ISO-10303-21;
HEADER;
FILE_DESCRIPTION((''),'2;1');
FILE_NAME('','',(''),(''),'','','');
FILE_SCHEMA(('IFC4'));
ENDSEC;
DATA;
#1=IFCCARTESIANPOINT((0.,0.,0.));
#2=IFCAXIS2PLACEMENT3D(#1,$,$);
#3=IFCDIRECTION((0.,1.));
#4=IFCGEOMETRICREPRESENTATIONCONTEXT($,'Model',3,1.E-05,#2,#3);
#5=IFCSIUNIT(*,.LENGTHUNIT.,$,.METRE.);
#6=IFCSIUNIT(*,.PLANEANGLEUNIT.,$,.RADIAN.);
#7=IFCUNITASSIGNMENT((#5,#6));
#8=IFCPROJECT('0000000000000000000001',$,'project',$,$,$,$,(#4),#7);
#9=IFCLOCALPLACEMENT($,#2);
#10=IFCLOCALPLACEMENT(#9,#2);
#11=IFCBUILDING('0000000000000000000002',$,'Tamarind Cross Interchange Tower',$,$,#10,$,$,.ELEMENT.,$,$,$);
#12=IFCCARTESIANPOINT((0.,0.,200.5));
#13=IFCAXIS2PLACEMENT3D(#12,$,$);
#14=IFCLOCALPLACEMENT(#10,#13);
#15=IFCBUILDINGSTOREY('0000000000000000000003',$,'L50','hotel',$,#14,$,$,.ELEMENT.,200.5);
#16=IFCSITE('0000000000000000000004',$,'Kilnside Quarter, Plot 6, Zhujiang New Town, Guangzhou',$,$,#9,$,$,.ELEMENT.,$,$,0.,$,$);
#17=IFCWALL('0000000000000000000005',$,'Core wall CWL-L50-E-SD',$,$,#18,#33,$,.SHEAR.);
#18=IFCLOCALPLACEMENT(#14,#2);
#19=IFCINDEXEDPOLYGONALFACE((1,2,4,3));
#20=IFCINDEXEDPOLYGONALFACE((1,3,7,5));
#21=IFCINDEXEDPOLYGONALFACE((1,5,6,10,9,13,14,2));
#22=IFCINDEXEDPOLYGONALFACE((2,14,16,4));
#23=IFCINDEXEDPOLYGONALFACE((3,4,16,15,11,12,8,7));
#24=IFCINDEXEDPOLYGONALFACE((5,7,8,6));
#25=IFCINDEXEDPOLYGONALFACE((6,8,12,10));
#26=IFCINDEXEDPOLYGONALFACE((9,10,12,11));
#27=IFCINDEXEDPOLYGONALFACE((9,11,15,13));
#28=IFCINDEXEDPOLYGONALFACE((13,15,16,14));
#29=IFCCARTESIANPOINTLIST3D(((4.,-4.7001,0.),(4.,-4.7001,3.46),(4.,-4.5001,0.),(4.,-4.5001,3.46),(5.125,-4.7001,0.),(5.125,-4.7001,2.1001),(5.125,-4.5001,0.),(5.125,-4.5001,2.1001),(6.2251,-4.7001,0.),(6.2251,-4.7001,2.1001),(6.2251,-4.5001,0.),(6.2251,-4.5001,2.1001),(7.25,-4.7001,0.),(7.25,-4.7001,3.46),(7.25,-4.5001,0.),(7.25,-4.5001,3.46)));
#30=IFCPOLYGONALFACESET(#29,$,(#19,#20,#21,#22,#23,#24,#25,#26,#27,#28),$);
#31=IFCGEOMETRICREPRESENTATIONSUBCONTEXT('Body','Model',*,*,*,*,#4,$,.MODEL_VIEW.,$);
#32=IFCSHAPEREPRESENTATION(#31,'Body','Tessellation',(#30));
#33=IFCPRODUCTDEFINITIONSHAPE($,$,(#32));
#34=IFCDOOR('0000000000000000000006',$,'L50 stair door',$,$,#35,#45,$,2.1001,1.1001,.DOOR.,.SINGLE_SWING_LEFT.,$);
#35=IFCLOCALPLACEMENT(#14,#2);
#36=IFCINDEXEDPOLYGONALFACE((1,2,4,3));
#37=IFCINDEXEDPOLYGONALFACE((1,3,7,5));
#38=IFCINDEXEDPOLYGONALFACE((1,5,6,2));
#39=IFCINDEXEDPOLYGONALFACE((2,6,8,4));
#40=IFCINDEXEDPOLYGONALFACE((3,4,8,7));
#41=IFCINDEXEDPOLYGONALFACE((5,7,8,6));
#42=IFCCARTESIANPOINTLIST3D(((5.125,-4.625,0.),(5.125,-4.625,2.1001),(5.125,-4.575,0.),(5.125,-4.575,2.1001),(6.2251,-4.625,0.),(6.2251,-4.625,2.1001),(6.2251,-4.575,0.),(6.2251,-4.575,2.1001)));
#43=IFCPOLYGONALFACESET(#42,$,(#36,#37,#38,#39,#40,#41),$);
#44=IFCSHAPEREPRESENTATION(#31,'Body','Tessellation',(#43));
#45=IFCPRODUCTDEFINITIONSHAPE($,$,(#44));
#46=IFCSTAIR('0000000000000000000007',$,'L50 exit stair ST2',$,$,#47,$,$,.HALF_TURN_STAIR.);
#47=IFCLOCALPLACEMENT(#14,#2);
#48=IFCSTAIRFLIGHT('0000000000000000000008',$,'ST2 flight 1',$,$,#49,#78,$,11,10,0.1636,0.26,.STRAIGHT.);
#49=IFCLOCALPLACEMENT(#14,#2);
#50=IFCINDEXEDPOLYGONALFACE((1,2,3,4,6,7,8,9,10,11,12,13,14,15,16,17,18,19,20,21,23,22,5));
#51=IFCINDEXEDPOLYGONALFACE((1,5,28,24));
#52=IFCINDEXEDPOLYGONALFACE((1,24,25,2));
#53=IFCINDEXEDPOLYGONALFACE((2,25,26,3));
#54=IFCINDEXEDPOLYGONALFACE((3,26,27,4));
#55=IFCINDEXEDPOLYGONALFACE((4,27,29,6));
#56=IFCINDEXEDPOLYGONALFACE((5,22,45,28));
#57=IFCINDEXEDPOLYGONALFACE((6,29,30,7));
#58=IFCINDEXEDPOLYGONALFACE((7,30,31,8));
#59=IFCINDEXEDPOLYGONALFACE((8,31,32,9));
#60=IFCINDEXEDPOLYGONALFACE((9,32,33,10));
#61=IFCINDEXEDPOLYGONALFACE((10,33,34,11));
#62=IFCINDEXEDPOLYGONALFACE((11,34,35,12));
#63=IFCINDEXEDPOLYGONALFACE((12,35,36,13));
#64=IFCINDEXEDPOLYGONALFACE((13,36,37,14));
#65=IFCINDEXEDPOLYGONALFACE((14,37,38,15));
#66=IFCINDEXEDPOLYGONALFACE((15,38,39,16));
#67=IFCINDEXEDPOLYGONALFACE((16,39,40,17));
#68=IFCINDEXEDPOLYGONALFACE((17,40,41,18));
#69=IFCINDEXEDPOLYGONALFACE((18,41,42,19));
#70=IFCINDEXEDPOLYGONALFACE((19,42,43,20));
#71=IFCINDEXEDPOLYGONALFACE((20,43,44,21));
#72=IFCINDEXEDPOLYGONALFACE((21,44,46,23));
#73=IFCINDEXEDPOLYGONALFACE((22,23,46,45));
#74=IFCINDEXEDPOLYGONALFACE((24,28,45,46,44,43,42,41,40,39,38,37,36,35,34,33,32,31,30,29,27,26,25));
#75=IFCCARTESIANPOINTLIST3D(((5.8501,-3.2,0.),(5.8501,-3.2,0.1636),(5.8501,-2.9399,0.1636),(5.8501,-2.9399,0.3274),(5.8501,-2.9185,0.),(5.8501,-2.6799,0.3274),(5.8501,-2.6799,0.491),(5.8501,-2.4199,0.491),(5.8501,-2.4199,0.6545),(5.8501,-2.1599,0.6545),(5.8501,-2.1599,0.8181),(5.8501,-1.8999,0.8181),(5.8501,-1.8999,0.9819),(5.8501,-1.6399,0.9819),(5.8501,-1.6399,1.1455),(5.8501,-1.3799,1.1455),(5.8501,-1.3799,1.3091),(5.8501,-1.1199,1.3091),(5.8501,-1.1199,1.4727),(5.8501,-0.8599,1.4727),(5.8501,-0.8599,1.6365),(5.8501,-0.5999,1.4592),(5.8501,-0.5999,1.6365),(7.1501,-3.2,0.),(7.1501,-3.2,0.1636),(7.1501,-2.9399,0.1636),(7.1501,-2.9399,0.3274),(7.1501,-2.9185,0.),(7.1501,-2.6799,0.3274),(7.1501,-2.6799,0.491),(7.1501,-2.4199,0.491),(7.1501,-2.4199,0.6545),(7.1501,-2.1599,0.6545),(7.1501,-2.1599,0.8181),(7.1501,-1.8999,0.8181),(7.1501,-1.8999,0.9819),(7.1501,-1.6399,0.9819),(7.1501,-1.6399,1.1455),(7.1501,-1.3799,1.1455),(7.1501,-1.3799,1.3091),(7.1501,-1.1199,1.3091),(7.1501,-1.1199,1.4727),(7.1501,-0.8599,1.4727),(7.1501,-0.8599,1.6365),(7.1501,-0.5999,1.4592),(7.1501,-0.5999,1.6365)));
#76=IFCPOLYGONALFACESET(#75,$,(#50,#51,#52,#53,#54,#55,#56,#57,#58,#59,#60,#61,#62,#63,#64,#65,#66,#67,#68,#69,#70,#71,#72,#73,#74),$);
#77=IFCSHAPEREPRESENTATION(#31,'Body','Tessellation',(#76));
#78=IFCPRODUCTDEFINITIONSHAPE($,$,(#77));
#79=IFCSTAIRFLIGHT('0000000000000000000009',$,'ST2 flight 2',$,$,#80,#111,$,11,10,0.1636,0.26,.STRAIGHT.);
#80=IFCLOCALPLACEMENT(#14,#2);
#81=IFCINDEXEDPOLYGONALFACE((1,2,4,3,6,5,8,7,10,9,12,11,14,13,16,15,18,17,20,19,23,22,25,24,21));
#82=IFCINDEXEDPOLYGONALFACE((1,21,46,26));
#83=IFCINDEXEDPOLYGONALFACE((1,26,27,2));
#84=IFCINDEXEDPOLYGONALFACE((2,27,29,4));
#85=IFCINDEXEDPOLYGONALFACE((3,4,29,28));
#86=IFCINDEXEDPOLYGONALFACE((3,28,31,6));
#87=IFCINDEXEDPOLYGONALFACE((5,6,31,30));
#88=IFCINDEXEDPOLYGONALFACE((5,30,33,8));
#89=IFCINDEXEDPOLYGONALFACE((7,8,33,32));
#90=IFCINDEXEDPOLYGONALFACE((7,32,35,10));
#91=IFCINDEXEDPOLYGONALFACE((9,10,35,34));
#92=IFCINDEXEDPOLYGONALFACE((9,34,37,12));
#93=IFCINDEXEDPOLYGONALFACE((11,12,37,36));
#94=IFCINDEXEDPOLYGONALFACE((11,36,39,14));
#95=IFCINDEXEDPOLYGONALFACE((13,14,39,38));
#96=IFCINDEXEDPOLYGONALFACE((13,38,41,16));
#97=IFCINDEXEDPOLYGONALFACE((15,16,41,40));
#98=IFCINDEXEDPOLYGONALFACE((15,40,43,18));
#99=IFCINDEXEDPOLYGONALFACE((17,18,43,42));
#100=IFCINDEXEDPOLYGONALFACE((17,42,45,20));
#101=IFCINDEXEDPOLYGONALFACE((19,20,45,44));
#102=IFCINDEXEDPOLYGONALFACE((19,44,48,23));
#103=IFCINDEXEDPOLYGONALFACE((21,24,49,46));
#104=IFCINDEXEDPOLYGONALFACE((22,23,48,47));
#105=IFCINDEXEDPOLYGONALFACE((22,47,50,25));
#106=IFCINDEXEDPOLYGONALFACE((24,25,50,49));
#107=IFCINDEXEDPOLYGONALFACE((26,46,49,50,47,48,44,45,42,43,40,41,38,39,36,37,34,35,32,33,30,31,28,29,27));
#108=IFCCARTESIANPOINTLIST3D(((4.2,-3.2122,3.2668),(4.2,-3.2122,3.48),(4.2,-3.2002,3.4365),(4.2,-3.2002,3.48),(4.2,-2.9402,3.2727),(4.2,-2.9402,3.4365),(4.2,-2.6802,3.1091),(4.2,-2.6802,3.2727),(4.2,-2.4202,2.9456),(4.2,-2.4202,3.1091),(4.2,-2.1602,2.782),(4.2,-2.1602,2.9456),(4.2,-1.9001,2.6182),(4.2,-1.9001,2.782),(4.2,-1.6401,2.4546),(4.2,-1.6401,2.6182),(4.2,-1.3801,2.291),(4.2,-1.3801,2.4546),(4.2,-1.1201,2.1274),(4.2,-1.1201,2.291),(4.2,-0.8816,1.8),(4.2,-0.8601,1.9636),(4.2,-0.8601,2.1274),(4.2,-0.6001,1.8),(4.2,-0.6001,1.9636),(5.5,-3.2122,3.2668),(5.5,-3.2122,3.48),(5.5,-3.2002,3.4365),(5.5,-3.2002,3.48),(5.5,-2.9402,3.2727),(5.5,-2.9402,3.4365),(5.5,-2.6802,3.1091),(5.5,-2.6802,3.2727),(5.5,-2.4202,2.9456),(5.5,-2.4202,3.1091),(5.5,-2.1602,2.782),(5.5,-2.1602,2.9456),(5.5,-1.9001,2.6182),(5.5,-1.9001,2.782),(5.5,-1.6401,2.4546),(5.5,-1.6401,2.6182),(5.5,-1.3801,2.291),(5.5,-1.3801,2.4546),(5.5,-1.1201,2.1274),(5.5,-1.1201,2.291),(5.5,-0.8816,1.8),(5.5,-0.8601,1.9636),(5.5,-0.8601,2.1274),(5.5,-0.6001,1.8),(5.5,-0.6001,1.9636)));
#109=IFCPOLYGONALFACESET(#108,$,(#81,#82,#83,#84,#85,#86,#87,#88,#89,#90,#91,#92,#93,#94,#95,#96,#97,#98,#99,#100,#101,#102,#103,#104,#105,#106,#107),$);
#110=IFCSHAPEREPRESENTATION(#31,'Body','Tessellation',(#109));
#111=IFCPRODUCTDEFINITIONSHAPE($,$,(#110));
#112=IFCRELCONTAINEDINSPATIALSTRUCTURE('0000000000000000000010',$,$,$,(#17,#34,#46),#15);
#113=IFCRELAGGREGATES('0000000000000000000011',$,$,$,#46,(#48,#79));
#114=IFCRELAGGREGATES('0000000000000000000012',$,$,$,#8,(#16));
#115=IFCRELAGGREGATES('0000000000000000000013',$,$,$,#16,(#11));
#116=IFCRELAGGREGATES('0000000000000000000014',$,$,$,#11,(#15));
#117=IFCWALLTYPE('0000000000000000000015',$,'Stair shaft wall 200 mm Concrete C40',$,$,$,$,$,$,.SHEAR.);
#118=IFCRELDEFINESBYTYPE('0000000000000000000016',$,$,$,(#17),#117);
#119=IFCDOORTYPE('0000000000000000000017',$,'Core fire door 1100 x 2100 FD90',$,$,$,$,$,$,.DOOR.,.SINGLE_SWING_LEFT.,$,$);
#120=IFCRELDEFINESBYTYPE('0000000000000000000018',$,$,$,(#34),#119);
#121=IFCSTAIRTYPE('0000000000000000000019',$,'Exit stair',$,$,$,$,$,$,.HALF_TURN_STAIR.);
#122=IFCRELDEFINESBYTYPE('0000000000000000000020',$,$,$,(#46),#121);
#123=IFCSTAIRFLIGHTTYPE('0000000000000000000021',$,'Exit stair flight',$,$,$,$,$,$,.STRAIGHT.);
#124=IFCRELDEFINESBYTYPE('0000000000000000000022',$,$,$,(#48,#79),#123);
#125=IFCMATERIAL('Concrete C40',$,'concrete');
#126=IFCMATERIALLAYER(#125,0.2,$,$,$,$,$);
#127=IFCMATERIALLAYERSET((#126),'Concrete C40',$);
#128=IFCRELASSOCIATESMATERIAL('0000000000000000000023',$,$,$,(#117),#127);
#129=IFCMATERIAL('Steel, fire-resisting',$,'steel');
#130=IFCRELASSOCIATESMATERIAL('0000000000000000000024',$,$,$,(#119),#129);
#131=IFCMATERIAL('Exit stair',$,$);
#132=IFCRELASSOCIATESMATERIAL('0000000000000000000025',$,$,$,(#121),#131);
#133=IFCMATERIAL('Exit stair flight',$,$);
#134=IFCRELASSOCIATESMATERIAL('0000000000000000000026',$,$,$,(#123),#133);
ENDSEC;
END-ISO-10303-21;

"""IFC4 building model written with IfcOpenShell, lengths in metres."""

from ifc_helpers import new_model, si_unit, direction, frame, frame_2d, origin, place, context, subcontext, project, spatial, polyline, rectangle, outline, extrude, material, layer, layer_set, type_object, element, fill, aggregate, save


model = new_model("IFC4")

# Units and contexts
model_context = context("Model", 3, precision=1e-05, world=origin(), true_north=direction((0.0, 1.0)))
body_context = subcontext(model_context, "Body", "Model", "MODEL_VIEW")
ifc_project = project(units=[si_unit("LENGTHUNIT", "METRE"), si_unit("PLANEANGLEUNIT", "RADIAN")], contexts=[model_context])

# Site, building, storey
site_placement = place(None, origin())
site = spatial("IfcSite", under=ifc_project, at=site_placement, Name="Kilnside Quarter, Plot 6, Zhujiang New Town, Guangzhou", CompositionType="ELEMENT", RefElevation=0.0)
building_placement = place(site_placement, origin())
building = spatial("IfcBuilding", under=site, at=building_placement, Name="Tamarind Cross Interchange Tower", CompositionType="ELEMENT")
storey_placement = place(building_placement, frame((0.0, 0.0, 200.5)))
storey = spatial("IfcBuildingStorey", under=building, at=storey_placement, Name="L50", Description="hotel", CompositionType="ELEMENT", Elevation=200.5)

# Shared definitions
ifc_material_1 = material(Name="Steel, fire-resisting", Category="steel")

# Wall, opening, door
ifc_material_2 = material(Name="Concrete C40", Category="concrete")
ifc_layer_1 = layer(ifc_material_2, 0.2)
ifc_layer_set_1 = layer_set([ifc_layer_1], Name="Concrete C40")
wall_type_1 = type_object("IfcWallType", Name="Stair shaft wall 200 mm Concrete C40", PredefinedType="SHEAR", material=ifc_layer_set_1)
wall_1_placement = place(storey_placement, frame((7.25, -4.6001, 0.0), z_axis=(0.0, 0.0, 1.0), x_axis=(-1.0, 0.0, 0.0)))
wall_1 = element("IfcWall", 1, at=wall_1_placement, inside=storey, type_object=wall_type_1, Name="Core wall CWL-L50-E-SD", PredefinedType="SHEAR", context=body_context, shape_type="SweptSolid", body=[
    extrude(rectangle(XDim=3.25, YDim=0.2, at=frame_2d((1.625, 0.0))), origin(), (0.0, 0.0, 1.0), 3.46),
])
opening_1_placement = place(wall_1_placement, frame((1.0249, 0.0, 0.0)))
opening_1 = element("IfcOpeningElement", 2, at=opening_1_placement, cuts=wall_1, PredefinedType="OPENING", context=body_context, shape_type="SweptSolid", body=[
    extrude(rectangle(XDim=1.1001, YDim=2.1001, at=frame_2d((0.55, 1.05))), frame((0.0, 0.1099, 0.0), z_axis=(0.0, -1.0, 0.0), x_axis=(1.0, 0.0, 0.0)), (0.0, 0.0, 1.0), 0.22),
])
door_type_1 = type_object("IfcDoorType", Name="Core fire door 1100 x 2100 FD90", OperationType="SINGLE_SWING_LEFT", PredefinedType="DOOR", material=ifc_material_1)
door_1_placement = place(opening_1_placement, origin())
door_1 = element("IfcDoor", 3, at=door_1_placement, inside=storey, type_object=door_type_1, Name="L50 stair door", OperationType="SINGLE_SWING_LEFT", OverallHeight=2.1001, OverallWidth=1.1001, PredefinedType="DOOR", context=body_context, shape_type="SweptSolid", body=[
    extrude(rectangle(XDim=1.1001, YDim=2.1001, at=frame_2d((0.55, 1.05))), frame((0.0, 0.0249, 0.0), z_axis=(0.0, -1.0, 0.0), x_axis=(1.0, 0.0, 0.0)), (0.0, 0.0, 1.0), 0.05),
])
fill(opening_1, door_1)

# Stair, stair flights
ifc_material_3 = material(Name="Exit stair")
stair_type = type_object("IfcStairType", Name="Exit stair", PredefinedType="HALF_TURN_STAIR", material=ifc_material_3)
stair_placement = place(storey_placement, origin())
stair = element("IfcStair", 4, at=stair_placement, inside=storey, type_object=stair_type, Name="L50 exit stair ST2", PredefinedType="HALF_TURN_STAIR")
ifc_material_4 = material(Name="Exit stair flight")
stair_flight_type = type_object("IfcStairFlightType", Name="Exit stair flight", PredefinedType="STRAIGHT", material=ifc_material_4)
stair_flight_1_placement = place(storey_placement, frame((6.5, -3.2, 0.0), z_axis=(0.0, 0.0, 1.0), x_axis=(0.0, 1.0, 0.0)))
stair_flight_1 = element("IfcStairFlight", 5, at=stair_flight_1_placement, type_object=stair_flight_type, Name="ST2 flight 1", NumberOfRisers=11, NumberOfTreads=10, PredefinedType="STRAIGHT", RiserHeight=0.1636, TreadLength=0.26, context=body_context, shape_type="SweptSolid", body=[
    extrude(outline(polyline([(0.0, 0.0), (0.0, 0.1636), (0.26, 0.1636), (0.26, 0.3274), (0.52, 0.3274), (0.52, 0.491), (0.78, 0.491), (0.78, 0.6545), (1.04, 0.6545), (1.04, 0.8181), (1.3, 0.8181), (1.3, 0.9819), (1.5601, 0.9819), (1.5601, 1.1455), (1.8201, 1.1455), (1.8201, 1.3091), (2.0801, 1.3091), (2.0801, 1.4727), (2.3401, 1.4727), (2.3401, 1.6365), (2.6001, 1.6365), (2.6001, 1.8), (2.6001, 1.4592), (0.2815, 0.0), (0.0, 0.0)])), frame((0.0, 0.6499, 0.0), z_axis=(0.0, -1.0, 0.0), x_axis=(1.0, 0.0, 0.0)), (0.0, 0.0, 1.0), 1.3),
])
stair_flight_2_placement = place(storey_placement, frame((4.8501, -0.6001, 1.8), z_axis=(0.0, 0.0, 1.0), x_axis=(0.0, -1.0, 0.0)))
stair_flight_2 = element("IfcStairFlight", 6, at=stair_flight_2_placement, type_object=stair_flight_type, Name="ST2 flight 2", NumberOfRisers=11, NumberOfTreads=10, PredefinedType="STRAIGHT", RiserHeight=0.1636, TreadLength=0.26, context=body_context, shape_type="SweptSolid", body=[
    extrude(outline(polyline([(0.0, 0.0), (0.0, 0.1636), (0.26, 0.1636), (0.26, 0.3274), (0.52, 0.3274), (0.52, 0.491), (0.78, 0.491), (0.78, 0.6545), (1.04, 0.6545), (1.04, 0.8181), (1.3, 0.8181), (1.3, 0.9819), (1.5601, 0.9819), (1.5601, 1.1455), (1.8201, 1.1455), (1.8201, 1.3091), (2.0801, 1.3091), (2.0801, 1.4727), (2.3401, 1.4727), (2.3401, 1.6365), (2.6001, 1.6365), (2.6001, 1.6799), (2.6121, 1.6799), (2.6121, 1.4668), (0.2815, 0.0), (0.0, 0.0)])), frame((0.0, 0.6499, 0.0), z_axis=(0.0, -1.0, 0.0), x_axis=(1.0, 0.0, 0.0)), (0.0, 0.0, 1.0), 1.3),
])
aggregate(stair, [stair_flight_1, stair_flight_2])

save(model, "model.ifc")
